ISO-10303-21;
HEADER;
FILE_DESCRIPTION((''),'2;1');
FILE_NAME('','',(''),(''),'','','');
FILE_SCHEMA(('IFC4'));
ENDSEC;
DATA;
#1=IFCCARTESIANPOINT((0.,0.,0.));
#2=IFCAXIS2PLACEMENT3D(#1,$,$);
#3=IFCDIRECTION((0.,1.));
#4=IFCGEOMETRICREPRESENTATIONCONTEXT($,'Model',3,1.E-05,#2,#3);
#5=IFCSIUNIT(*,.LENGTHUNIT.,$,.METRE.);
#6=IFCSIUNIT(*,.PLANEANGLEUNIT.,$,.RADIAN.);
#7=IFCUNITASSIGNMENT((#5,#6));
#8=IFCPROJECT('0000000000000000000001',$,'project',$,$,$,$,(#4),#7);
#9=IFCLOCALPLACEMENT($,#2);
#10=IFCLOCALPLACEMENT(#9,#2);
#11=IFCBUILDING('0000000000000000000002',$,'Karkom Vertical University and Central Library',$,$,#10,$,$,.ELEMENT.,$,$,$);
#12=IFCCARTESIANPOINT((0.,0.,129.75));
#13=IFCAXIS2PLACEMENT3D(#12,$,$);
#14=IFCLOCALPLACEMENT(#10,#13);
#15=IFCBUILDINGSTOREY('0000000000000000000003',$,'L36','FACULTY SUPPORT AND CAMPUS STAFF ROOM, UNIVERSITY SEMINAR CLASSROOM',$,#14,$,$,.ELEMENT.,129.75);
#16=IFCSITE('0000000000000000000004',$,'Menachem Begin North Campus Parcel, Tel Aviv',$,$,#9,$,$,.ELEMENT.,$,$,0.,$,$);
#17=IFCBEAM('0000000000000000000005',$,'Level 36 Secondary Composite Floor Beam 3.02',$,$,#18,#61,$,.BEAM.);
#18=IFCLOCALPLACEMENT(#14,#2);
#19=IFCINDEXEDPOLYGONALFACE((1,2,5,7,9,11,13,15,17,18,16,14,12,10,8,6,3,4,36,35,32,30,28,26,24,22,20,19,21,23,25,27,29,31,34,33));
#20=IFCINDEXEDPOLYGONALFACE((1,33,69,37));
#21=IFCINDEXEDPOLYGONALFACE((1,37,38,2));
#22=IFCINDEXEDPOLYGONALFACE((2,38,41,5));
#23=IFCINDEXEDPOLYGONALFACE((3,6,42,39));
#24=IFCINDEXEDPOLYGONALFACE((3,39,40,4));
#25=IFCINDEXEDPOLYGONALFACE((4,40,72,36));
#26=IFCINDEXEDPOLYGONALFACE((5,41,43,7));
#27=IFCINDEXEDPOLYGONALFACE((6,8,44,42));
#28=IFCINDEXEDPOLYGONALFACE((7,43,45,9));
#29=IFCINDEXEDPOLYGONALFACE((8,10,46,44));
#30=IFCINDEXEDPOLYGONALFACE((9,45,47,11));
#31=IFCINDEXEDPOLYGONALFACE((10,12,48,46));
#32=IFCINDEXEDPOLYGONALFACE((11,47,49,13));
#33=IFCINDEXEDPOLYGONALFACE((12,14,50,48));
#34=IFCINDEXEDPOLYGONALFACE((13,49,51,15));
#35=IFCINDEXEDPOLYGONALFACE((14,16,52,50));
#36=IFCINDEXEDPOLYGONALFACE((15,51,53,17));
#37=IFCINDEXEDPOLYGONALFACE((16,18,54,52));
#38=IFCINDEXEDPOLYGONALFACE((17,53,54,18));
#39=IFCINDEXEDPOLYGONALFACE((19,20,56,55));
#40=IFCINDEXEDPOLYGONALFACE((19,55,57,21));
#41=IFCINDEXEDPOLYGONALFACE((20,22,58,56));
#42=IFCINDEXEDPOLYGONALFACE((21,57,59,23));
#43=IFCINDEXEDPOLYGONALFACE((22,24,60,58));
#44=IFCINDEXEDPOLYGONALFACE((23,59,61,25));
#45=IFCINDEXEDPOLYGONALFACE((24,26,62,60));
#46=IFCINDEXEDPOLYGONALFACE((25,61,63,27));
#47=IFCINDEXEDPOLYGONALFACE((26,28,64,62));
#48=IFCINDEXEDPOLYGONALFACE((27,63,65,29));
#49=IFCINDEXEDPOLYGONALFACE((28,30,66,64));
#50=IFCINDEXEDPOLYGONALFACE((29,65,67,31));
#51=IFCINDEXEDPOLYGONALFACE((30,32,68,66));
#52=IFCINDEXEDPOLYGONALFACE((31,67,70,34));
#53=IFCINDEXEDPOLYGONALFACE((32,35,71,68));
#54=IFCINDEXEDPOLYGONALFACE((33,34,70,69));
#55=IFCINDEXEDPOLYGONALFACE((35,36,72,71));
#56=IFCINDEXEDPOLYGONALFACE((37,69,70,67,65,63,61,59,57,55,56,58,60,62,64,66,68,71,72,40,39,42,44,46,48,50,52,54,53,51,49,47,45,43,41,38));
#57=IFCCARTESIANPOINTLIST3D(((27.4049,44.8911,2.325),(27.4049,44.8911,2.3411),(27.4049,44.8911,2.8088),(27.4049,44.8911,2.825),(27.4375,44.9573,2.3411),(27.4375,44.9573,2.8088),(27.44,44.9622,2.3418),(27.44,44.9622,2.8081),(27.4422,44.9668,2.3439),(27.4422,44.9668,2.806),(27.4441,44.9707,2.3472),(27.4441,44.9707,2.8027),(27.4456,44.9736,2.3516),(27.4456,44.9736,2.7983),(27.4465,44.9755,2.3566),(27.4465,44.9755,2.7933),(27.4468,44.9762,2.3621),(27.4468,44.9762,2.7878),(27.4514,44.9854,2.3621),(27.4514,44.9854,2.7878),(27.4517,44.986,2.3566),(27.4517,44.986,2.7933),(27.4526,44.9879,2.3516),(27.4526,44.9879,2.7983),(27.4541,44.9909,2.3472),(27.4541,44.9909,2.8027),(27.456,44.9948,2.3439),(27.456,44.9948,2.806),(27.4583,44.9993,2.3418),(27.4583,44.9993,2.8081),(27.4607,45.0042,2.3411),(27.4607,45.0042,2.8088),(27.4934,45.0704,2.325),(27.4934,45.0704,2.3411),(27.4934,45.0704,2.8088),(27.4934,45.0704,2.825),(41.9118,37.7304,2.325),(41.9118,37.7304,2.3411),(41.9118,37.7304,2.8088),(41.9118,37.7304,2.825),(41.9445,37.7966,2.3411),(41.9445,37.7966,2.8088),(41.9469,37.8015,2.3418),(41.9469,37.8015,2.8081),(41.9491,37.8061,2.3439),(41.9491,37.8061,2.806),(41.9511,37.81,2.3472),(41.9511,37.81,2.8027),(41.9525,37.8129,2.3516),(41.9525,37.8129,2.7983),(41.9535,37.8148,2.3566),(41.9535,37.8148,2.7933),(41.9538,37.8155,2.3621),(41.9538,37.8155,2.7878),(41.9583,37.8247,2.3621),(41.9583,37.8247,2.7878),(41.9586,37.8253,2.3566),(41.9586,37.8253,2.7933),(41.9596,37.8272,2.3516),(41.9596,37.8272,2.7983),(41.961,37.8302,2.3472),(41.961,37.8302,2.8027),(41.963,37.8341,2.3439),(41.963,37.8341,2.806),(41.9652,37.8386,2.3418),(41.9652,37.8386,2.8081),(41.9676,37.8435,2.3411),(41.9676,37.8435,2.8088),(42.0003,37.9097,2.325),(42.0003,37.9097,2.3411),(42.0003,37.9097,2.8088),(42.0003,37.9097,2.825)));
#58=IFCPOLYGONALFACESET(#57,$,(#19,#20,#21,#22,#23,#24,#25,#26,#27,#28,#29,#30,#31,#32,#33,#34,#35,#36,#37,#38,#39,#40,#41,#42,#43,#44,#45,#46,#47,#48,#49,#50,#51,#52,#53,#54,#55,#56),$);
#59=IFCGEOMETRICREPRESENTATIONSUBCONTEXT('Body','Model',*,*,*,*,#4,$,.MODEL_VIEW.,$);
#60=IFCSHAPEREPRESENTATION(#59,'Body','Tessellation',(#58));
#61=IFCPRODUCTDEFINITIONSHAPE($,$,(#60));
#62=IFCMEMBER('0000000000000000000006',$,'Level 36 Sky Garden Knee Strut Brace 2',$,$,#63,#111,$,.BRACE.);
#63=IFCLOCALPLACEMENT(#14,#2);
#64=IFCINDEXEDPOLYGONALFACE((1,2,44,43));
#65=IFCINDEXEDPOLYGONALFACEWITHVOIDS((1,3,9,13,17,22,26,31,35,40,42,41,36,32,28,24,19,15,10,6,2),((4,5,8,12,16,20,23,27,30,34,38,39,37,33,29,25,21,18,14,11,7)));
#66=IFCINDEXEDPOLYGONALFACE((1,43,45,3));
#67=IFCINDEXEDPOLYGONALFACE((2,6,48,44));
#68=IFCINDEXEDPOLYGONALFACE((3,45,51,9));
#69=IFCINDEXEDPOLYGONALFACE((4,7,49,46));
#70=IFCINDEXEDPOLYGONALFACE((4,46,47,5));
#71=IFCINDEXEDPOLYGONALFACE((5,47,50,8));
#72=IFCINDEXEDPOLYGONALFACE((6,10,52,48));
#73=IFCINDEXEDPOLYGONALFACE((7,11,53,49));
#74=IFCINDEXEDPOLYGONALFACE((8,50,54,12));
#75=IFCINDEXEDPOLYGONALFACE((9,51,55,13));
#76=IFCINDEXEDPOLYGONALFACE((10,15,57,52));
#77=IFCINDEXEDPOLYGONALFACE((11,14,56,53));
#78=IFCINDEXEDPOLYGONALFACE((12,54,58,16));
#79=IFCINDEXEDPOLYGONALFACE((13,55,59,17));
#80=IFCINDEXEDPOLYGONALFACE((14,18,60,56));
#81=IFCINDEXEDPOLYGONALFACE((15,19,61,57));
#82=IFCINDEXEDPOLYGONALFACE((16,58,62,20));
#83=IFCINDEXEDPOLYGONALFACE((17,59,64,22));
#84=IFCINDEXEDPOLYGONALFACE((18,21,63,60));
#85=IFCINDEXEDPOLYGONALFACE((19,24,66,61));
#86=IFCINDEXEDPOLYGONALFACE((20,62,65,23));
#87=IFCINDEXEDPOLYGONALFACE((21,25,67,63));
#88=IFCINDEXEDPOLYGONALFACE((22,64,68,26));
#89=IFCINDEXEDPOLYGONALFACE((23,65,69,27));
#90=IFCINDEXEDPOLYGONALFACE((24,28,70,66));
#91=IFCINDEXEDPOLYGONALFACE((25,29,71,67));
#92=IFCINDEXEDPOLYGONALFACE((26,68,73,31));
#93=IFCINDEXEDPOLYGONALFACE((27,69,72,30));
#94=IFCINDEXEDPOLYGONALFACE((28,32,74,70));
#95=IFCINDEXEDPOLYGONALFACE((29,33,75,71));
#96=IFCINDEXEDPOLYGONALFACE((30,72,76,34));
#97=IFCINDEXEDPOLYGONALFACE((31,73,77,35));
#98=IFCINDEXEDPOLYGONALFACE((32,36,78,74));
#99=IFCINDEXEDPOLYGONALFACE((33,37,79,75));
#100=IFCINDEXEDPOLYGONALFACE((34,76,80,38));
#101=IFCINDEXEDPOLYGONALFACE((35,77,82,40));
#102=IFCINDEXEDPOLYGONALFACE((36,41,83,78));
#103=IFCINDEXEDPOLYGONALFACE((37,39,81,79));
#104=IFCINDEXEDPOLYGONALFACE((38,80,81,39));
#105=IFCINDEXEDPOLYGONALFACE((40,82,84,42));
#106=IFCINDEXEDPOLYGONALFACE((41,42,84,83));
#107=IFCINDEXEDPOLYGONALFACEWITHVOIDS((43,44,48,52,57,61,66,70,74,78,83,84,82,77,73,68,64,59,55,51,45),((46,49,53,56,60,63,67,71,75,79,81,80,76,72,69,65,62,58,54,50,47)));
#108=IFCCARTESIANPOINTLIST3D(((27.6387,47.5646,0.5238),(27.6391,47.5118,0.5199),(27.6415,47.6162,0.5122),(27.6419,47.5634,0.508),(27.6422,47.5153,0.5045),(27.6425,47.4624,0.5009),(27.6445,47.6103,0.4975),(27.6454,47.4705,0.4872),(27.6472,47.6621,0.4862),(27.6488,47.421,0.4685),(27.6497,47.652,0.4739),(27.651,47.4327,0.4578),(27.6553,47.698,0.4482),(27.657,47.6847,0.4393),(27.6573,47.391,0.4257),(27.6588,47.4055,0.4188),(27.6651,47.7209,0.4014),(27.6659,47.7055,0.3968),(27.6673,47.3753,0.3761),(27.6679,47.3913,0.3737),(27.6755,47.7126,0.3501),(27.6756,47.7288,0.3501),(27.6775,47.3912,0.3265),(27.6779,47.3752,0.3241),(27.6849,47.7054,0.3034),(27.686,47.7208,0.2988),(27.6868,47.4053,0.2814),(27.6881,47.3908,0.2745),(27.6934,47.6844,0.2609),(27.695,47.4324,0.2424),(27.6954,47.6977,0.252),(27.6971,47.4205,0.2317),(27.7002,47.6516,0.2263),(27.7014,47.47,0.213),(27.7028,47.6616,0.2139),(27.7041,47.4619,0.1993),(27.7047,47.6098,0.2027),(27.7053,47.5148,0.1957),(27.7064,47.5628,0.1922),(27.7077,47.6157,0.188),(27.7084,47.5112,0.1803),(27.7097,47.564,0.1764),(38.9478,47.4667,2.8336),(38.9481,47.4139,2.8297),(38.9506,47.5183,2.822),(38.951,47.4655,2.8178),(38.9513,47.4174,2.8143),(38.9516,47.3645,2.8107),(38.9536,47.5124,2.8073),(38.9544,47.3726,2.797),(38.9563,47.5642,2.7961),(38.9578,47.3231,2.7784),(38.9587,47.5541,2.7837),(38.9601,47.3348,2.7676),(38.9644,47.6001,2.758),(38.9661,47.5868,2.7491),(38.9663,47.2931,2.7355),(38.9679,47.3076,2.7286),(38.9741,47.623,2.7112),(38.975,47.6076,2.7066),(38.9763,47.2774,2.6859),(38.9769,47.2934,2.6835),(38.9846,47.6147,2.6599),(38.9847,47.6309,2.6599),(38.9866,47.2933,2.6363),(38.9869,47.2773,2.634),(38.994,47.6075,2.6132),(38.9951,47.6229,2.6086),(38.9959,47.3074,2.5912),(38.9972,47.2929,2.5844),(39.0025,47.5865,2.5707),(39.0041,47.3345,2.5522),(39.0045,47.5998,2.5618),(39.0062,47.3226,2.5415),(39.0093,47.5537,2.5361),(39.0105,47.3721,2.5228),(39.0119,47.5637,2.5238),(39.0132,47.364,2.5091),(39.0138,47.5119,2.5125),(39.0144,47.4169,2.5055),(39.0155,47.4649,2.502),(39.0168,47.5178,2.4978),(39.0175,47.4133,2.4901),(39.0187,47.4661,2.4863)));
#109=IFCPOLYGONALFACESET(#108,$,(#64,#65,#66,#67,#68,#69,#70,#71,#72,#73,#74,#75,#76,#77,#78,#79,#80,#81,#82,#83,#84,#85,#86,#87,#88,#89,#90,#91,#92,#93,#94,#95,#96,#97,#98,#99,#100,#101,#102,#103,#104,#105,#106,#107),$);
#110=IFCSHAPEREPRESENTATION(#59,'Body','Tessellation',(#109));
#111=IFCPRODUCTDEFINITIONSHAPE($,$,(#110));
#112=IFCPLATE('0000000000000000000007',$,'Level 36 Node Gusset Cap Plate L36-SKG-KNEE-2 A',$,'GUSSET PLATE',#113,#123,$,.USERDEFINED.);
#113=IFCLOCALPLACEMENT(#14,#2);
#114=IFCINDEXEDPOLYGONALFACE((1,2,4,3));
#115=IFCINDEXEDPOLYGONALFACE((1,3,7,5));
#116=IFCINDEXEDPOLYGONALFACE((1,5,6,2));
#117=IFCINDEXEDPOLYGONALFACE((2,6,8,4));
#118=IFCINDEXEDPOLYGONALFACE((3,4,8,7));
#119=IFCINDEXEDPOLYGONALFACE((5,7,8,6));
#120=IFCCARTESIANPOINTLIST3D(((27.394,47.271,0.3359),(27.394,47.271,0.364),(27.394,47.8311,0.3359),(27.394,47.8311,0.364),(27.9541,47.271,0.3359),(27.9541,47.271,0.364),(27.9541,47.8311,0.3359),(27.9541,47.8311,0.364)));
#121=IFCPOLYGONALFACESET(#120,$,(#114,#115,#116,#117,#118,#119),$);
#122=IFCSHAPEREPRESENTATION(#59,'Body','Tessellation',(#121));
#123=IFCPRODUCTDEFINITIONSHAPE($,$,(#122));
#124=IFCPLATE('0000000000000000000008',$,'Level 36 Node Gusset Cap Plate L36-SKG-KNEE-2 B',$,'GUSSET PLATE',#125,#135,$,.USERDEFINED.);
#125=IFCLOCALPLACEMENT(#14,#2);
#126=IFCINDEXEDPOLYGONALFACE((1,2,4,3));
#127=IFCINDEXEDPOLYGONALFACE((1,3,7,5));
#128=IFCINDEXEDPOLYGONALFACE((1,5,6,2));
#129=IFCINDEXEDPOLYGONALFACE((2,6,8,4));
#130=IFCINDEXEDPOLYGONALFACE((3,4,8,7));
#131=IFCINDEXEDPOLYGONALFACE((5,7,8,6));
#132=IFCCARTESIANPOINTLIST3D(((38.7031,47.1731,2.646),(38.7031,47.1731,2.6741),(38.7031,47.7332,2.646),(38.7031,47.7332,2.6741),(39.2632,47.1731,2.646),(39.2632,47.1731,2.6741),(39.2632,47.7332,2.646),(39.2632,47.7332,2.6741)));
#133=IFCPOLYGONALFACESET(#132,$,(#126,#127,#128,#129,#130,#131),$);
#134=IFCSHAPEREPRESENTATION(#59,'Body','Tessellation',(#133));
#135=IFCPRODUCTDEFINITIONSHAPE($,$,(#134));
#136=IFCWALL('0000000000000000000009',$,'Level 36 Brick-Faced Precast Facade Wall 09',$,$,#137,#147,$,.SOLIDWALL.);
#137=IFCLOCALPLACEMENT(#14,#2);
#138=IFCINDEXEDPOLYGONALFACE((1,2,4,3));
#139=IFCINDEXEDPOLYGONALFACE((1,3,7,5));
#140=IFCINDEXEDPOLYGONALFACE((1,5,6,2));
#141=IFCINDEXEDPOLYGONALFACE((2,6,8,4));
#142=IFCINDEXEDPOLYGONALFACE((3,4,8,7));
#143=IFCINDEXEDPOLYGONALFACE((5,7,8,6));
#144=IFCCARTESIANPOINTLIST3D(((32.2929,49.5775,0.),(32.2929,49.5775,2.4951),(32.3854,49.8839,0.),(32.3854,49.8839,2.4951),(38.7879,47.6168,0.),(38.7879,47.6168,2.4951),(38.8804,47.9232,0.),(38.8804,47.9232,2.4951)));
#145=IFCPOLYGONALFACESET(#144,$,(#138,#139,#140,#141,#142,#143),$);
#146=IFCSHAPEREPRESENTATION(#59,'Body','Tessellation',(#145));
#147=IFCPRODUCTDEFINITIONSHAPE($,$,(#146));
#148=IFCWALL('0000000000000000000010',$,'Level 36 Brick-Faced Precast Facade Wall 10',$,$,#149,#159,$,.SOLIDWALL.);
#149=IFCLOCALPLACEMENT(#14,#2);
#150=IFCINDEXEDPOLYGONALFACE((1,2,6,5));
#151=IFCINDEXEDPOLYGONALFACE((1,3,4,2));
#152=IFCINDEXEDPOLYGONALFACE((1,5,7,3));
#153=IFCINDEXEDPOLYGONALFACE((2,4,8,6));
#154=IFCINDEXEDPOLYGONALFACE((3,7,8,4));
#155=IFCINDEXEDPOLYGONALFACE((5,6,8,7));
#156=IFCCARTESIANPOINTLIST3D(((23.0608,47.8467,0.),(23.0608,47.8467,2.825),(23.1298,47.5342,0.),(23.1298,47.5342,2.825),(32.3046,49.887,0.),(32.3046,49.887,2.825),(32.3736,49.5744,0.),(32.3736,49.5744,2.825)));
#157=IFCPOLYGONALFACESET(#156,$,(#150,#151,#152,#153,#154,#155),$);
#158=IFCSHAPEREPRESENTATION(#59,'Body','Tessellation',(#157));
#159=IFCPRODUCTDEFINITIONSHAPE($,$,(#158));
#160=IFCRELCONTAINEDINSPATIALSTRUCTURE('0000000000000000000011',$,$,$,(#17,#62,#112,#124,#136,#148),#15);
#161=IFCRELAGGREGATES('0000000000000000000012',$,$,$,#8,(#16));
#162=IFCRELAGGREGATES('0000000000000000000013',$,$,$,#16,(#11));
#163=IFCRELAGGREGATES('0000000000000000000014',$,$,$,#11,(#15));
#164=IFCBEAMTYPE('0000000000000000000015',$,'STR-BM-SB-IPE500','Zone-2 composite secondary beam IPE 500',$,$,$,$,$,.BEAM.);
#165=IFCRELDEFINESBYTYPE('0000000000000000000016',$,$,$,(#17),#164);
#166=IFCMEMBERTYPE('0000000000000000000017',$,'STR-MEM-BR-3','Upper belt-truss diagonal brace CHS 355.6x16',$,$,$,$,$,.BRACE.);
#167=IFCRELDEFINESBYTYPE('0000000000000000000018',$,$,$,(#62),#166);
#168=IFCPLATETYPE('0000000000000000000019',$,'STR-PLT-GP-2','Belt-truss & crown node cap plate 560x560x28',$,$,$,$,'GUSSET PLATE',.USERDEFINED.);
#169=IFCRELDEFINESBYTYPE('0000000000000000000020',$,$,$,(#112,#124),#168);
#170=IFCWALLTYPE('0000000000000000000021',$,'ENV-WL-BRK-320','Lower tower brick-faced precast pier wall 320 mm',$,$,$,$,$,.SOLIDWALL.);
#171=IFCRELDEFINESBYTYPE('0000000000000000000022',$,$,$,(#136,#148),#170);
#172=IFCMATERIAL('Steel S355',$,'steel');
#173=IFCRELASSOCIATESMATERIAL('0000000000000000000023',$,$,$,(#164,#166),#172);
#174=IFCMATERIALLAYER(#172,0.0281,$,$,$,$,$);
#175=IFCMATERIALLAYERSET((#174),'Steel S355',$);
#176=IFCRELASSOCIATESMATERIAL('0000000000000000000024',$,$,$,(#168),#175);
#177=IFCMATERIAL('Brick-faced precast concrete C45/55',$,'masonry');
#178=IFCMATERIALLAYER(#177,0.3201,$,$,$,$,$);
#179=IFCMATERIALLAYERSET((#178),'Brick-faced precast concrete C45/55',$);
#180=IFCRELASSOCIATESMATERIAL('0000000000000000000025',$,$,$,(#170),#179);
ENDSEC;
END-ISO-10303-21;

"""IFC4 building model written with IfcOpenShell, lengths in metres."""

from ifc_helpers import new_model, si_unit, direction, frame, frame_2d, origin, origin_with_axes, origin_2d, place, context, subcontext, project, spatial, rectangle, hollow_circle, i_section, extrude, source, transform, mapped, material, layer, layer_set, material_profile, profile_set, type_object, element, save


model = new_model("IFC4")

# Units and contexts
model_context = context("Model", 3, precision=1e-05, world=origin(), true_north=direction((0.0, 1.0)))
body_context = subcontext(model_context, "Body", "Model", "MODEL_VIEW")
ifc_project = project(units=[si_unit("LENGTHUNIT", "METRE"), si_unit("PLANEANGLEUNIT", "RADIAN")], contexts=[model_context])

# Site, building, storey
site_placement = place(None, origin())
site = spatial("IfcSite", under=ifc_project, at=site_placement, Name="Menachem Begin North Campus Parcel, Tel Aviv", CompositionType="ELEMENT", RefElevation=0.0)
building_placement = place(site_placement, origin())
building = spatial("IfcBuilding", under=site, at=building_placement, Name="Karkom Vertical University and Central Library", CompositionType="ELEMENT")
storey_placement = place(building_placement, frame((0.0, 0.0, 129.75)))
storey = spatial("IfcBuildingStorey", under=building, at=storey_placement, Name="L36", Description="FACULTY SUPPORT AND CAMPUS STAFF ROOM, UNIVERSITY SEMINAR CLASSROOM", CompositionType="ELEMENT", Elevation=129.75)

# Beam
ifc_material_1 = material(Name="Steel S355", Category="steel")
ifc_material_profile_1 = material_profile(ifc_material_1, i_section(OverallWidth=0.2, OverallDepth=0.5, WebThickness=0.0103, FlangeThickness=0.0161, FilletRadius=0.021, at=origin_2d()), Name="IPE 500")
ifc_profile_set_1 = profile_set([ifc_material_profile_1], Name="Steel S355")
beam_type_1 = type_object("IfcBeamType", Name="STR-BM-SB-IPE500", Description="Zone-2 composite secondary beam IPE 500", PredefinedType="BEAM", material=ifc_profile_set_1)
shared_shape_1 = source(origin_with_axes(), body_context, "Body", "SweptSolid", [
    extrude(i_section(OverallWidth=0.2, OverallDepth=0.5, WebThickness=0.0103, FlangeThickness=0.0161, FilletRadius=0.021, at=origin_2d()), origin(), (0.0, 0.0, 1.0), 16.178),
])
beam_1_placement = place(storey_placement, frame((41.9561, 37.8201, 2.575), z_axis=(-0.896709, 0.44262, 0.0), x_axis=(-0.44262, -0.896709, 0.0)))
element("IfcBeam", 1, at=beam_1_placement, inside=storey, type_object=beam_type_1, Name="Level 36 Secondary Composite Floor Beam 3.02", PredefinedType="BEAM", context=body_context, shape_type="MappedRepresentation", body=[
    mapped(shared_shape_1, transform((0.0, 0.0, 0.0), scale=1.0)),
])

# Member
ifc_material_profile_2 = material_profile(ifc_material_1, hollow_circle(Radius=0.1777, WallThickness=0.0161, at=origin_2d()), Name="CHS 355.6x16")
ifc_profile_set_2 = profile_set([ifc_material_profile_2], Name="Steel S355")
member_type = type_object("IfcMemberType", Name="STR-MEM-BR-3", Description="Upper belt-truss diagonal brace CHS 355.6x16", PredefinedType="BRACE", material=ifc_profile_set_2)
shared_shape_2 = source(origin_with_axes(), body_context, "Body", "SweptSolid", [
    extrude(hollow_circle(Radius=0.1777, WallThickness=0.0161, at=origin_2d()), origin(), (0.0, 0.0, 1.0), 11.543),
])
member_placement = place(storey_placement, frame((27.6741, 47.551, 0.3501), z_axis=(0.979738, -0.008481, 0.200106), x_axis=(0.008656, 0.999963, 0.0)))
element("IfcMember", 2, at=member_placement, inside=storey, type_object=member_type, Name="Level 36 Sky Garden Knee Strut Brace 2", PredefinedType="BRACE", context=body_context, shape_type="MappedRepresentation", body=[
    mapped(shared_shape_2, transform((0.0, 0.0, 0.0), scale=1.0)),
])

# Plates
ifc_layer_1 = layer(ifc_material_1, 0.0281)
ifc_layer_set_1 = layer_set([ifc_layer_1], Name="Steel S355")
plate_type = type_object("IfcPlateType", Name="STR-PLT-GP-2", Description="Belt-truss & crown node cap plate 560x560x28", ElementType="GUSSET PLATE", PredefinedType="USERDEFINED", material=ifc_layer_set_1)
shared_shape_3 = source(origin_with_axes(), body_context, "Body", "SweptSolid", [
    extrude(rectangle(XDim=0.5601, YDim=0.5601, at=origin_2d()), origin(), (0.0, 0.0, 1.0), 0.0281),
])
for number, where, z_axis, x_axis, name in (
    (3, (27.6741, 47.551, 0.3359), (0.0, 0.0, 1.0), (1.0, 0.0, 0.0), "Level 36 Node Gusset Cap Plate L36-SKG-KNEE-2 A"),
    (4, (38.9832, 47.4531, 2.646), (0.0, 0.0, 1.0), (1.0, 0.0, 0.0), "Level 36 Node Gusset Cap Plate L36-SKG-KNEE-2 B"),
):
    element("IfcPlate", number, at=place(storey_placement, frame(where, z_axis=z_axis, x_axis=x_axis)), inside=storey, type_object=plate_type, Name=name, ObjectType="GUSSET PLATE", PredefinedType="USERDEFINED", context=body_context, shape_type="MappedRepresentation", body=[
        mapped(shared_shape_3, transform((0.0, 0.0, 0.0), scale=1.0)),
    ])

# Walls
ifc_material_2 = material(Name="Brick-faced precast concrete C45/55", Category="masonry")
ifc_layer_2 = layer(ifc_material_2, 0.3201)
ifc_layer_set_2 = layer_set([ifc_layer_2], Name="Brick-faced precast concrete C45/55")
wall_type_1 = type_object("IfcWallType", Name="ENV-WL-BRK-320", Description="Lower tower brick-faced precast pier wall 320 mm", PredefinedType="SOLIDWALL", material=ifc_layer_set_2)
wall_1_placement = place(storey_placement, frame((38.834, 47.77, 0.0), z_axis=(0.0, 0.0, 1.0), x_axis=(-0.957329, 0.289001, 0.0)))
element("IfcWall", 5, at=wall_1_placement, inside=storey, type_object=wall_type_1, Name="Level 36 Brick-Faced Precast Facade Wall 09", PredefinedType="SOLIDWALL", context=body_context, shape_type="SweptSolid", body=[
    extrude(rectangle(XDim=6.7844, YDim=0.3201, at=frame_2d((3.3921, 0.0))), origin(), (0.0, 0.0, 1.0), 2.4951),
])
wall_2_placement = place(storey_placement, frame((32.3391, 49.7307, 0.0), z_axis=(0.0, 0.0, 1.0), x_axis=(-0.976497, -0.215529, 0.0)))
element("IfcWall", 6, at=wall_2_placement, inside=storey, type_object=wall_type_1, Name="Level 36 Brick-Faced Precast Facade Wall 10", PredefinedType="SOLIDWALL", context=body_context, shape_type="SweptSolid", body=[
    extrude(rectangle(XDim=9.4663, YDim=0.3201, at=frame_2d((4.7332, 0.0))), origin(), (0.0, 0.0, 1.0), 2.825),
])

save(model, "model.ifc")
